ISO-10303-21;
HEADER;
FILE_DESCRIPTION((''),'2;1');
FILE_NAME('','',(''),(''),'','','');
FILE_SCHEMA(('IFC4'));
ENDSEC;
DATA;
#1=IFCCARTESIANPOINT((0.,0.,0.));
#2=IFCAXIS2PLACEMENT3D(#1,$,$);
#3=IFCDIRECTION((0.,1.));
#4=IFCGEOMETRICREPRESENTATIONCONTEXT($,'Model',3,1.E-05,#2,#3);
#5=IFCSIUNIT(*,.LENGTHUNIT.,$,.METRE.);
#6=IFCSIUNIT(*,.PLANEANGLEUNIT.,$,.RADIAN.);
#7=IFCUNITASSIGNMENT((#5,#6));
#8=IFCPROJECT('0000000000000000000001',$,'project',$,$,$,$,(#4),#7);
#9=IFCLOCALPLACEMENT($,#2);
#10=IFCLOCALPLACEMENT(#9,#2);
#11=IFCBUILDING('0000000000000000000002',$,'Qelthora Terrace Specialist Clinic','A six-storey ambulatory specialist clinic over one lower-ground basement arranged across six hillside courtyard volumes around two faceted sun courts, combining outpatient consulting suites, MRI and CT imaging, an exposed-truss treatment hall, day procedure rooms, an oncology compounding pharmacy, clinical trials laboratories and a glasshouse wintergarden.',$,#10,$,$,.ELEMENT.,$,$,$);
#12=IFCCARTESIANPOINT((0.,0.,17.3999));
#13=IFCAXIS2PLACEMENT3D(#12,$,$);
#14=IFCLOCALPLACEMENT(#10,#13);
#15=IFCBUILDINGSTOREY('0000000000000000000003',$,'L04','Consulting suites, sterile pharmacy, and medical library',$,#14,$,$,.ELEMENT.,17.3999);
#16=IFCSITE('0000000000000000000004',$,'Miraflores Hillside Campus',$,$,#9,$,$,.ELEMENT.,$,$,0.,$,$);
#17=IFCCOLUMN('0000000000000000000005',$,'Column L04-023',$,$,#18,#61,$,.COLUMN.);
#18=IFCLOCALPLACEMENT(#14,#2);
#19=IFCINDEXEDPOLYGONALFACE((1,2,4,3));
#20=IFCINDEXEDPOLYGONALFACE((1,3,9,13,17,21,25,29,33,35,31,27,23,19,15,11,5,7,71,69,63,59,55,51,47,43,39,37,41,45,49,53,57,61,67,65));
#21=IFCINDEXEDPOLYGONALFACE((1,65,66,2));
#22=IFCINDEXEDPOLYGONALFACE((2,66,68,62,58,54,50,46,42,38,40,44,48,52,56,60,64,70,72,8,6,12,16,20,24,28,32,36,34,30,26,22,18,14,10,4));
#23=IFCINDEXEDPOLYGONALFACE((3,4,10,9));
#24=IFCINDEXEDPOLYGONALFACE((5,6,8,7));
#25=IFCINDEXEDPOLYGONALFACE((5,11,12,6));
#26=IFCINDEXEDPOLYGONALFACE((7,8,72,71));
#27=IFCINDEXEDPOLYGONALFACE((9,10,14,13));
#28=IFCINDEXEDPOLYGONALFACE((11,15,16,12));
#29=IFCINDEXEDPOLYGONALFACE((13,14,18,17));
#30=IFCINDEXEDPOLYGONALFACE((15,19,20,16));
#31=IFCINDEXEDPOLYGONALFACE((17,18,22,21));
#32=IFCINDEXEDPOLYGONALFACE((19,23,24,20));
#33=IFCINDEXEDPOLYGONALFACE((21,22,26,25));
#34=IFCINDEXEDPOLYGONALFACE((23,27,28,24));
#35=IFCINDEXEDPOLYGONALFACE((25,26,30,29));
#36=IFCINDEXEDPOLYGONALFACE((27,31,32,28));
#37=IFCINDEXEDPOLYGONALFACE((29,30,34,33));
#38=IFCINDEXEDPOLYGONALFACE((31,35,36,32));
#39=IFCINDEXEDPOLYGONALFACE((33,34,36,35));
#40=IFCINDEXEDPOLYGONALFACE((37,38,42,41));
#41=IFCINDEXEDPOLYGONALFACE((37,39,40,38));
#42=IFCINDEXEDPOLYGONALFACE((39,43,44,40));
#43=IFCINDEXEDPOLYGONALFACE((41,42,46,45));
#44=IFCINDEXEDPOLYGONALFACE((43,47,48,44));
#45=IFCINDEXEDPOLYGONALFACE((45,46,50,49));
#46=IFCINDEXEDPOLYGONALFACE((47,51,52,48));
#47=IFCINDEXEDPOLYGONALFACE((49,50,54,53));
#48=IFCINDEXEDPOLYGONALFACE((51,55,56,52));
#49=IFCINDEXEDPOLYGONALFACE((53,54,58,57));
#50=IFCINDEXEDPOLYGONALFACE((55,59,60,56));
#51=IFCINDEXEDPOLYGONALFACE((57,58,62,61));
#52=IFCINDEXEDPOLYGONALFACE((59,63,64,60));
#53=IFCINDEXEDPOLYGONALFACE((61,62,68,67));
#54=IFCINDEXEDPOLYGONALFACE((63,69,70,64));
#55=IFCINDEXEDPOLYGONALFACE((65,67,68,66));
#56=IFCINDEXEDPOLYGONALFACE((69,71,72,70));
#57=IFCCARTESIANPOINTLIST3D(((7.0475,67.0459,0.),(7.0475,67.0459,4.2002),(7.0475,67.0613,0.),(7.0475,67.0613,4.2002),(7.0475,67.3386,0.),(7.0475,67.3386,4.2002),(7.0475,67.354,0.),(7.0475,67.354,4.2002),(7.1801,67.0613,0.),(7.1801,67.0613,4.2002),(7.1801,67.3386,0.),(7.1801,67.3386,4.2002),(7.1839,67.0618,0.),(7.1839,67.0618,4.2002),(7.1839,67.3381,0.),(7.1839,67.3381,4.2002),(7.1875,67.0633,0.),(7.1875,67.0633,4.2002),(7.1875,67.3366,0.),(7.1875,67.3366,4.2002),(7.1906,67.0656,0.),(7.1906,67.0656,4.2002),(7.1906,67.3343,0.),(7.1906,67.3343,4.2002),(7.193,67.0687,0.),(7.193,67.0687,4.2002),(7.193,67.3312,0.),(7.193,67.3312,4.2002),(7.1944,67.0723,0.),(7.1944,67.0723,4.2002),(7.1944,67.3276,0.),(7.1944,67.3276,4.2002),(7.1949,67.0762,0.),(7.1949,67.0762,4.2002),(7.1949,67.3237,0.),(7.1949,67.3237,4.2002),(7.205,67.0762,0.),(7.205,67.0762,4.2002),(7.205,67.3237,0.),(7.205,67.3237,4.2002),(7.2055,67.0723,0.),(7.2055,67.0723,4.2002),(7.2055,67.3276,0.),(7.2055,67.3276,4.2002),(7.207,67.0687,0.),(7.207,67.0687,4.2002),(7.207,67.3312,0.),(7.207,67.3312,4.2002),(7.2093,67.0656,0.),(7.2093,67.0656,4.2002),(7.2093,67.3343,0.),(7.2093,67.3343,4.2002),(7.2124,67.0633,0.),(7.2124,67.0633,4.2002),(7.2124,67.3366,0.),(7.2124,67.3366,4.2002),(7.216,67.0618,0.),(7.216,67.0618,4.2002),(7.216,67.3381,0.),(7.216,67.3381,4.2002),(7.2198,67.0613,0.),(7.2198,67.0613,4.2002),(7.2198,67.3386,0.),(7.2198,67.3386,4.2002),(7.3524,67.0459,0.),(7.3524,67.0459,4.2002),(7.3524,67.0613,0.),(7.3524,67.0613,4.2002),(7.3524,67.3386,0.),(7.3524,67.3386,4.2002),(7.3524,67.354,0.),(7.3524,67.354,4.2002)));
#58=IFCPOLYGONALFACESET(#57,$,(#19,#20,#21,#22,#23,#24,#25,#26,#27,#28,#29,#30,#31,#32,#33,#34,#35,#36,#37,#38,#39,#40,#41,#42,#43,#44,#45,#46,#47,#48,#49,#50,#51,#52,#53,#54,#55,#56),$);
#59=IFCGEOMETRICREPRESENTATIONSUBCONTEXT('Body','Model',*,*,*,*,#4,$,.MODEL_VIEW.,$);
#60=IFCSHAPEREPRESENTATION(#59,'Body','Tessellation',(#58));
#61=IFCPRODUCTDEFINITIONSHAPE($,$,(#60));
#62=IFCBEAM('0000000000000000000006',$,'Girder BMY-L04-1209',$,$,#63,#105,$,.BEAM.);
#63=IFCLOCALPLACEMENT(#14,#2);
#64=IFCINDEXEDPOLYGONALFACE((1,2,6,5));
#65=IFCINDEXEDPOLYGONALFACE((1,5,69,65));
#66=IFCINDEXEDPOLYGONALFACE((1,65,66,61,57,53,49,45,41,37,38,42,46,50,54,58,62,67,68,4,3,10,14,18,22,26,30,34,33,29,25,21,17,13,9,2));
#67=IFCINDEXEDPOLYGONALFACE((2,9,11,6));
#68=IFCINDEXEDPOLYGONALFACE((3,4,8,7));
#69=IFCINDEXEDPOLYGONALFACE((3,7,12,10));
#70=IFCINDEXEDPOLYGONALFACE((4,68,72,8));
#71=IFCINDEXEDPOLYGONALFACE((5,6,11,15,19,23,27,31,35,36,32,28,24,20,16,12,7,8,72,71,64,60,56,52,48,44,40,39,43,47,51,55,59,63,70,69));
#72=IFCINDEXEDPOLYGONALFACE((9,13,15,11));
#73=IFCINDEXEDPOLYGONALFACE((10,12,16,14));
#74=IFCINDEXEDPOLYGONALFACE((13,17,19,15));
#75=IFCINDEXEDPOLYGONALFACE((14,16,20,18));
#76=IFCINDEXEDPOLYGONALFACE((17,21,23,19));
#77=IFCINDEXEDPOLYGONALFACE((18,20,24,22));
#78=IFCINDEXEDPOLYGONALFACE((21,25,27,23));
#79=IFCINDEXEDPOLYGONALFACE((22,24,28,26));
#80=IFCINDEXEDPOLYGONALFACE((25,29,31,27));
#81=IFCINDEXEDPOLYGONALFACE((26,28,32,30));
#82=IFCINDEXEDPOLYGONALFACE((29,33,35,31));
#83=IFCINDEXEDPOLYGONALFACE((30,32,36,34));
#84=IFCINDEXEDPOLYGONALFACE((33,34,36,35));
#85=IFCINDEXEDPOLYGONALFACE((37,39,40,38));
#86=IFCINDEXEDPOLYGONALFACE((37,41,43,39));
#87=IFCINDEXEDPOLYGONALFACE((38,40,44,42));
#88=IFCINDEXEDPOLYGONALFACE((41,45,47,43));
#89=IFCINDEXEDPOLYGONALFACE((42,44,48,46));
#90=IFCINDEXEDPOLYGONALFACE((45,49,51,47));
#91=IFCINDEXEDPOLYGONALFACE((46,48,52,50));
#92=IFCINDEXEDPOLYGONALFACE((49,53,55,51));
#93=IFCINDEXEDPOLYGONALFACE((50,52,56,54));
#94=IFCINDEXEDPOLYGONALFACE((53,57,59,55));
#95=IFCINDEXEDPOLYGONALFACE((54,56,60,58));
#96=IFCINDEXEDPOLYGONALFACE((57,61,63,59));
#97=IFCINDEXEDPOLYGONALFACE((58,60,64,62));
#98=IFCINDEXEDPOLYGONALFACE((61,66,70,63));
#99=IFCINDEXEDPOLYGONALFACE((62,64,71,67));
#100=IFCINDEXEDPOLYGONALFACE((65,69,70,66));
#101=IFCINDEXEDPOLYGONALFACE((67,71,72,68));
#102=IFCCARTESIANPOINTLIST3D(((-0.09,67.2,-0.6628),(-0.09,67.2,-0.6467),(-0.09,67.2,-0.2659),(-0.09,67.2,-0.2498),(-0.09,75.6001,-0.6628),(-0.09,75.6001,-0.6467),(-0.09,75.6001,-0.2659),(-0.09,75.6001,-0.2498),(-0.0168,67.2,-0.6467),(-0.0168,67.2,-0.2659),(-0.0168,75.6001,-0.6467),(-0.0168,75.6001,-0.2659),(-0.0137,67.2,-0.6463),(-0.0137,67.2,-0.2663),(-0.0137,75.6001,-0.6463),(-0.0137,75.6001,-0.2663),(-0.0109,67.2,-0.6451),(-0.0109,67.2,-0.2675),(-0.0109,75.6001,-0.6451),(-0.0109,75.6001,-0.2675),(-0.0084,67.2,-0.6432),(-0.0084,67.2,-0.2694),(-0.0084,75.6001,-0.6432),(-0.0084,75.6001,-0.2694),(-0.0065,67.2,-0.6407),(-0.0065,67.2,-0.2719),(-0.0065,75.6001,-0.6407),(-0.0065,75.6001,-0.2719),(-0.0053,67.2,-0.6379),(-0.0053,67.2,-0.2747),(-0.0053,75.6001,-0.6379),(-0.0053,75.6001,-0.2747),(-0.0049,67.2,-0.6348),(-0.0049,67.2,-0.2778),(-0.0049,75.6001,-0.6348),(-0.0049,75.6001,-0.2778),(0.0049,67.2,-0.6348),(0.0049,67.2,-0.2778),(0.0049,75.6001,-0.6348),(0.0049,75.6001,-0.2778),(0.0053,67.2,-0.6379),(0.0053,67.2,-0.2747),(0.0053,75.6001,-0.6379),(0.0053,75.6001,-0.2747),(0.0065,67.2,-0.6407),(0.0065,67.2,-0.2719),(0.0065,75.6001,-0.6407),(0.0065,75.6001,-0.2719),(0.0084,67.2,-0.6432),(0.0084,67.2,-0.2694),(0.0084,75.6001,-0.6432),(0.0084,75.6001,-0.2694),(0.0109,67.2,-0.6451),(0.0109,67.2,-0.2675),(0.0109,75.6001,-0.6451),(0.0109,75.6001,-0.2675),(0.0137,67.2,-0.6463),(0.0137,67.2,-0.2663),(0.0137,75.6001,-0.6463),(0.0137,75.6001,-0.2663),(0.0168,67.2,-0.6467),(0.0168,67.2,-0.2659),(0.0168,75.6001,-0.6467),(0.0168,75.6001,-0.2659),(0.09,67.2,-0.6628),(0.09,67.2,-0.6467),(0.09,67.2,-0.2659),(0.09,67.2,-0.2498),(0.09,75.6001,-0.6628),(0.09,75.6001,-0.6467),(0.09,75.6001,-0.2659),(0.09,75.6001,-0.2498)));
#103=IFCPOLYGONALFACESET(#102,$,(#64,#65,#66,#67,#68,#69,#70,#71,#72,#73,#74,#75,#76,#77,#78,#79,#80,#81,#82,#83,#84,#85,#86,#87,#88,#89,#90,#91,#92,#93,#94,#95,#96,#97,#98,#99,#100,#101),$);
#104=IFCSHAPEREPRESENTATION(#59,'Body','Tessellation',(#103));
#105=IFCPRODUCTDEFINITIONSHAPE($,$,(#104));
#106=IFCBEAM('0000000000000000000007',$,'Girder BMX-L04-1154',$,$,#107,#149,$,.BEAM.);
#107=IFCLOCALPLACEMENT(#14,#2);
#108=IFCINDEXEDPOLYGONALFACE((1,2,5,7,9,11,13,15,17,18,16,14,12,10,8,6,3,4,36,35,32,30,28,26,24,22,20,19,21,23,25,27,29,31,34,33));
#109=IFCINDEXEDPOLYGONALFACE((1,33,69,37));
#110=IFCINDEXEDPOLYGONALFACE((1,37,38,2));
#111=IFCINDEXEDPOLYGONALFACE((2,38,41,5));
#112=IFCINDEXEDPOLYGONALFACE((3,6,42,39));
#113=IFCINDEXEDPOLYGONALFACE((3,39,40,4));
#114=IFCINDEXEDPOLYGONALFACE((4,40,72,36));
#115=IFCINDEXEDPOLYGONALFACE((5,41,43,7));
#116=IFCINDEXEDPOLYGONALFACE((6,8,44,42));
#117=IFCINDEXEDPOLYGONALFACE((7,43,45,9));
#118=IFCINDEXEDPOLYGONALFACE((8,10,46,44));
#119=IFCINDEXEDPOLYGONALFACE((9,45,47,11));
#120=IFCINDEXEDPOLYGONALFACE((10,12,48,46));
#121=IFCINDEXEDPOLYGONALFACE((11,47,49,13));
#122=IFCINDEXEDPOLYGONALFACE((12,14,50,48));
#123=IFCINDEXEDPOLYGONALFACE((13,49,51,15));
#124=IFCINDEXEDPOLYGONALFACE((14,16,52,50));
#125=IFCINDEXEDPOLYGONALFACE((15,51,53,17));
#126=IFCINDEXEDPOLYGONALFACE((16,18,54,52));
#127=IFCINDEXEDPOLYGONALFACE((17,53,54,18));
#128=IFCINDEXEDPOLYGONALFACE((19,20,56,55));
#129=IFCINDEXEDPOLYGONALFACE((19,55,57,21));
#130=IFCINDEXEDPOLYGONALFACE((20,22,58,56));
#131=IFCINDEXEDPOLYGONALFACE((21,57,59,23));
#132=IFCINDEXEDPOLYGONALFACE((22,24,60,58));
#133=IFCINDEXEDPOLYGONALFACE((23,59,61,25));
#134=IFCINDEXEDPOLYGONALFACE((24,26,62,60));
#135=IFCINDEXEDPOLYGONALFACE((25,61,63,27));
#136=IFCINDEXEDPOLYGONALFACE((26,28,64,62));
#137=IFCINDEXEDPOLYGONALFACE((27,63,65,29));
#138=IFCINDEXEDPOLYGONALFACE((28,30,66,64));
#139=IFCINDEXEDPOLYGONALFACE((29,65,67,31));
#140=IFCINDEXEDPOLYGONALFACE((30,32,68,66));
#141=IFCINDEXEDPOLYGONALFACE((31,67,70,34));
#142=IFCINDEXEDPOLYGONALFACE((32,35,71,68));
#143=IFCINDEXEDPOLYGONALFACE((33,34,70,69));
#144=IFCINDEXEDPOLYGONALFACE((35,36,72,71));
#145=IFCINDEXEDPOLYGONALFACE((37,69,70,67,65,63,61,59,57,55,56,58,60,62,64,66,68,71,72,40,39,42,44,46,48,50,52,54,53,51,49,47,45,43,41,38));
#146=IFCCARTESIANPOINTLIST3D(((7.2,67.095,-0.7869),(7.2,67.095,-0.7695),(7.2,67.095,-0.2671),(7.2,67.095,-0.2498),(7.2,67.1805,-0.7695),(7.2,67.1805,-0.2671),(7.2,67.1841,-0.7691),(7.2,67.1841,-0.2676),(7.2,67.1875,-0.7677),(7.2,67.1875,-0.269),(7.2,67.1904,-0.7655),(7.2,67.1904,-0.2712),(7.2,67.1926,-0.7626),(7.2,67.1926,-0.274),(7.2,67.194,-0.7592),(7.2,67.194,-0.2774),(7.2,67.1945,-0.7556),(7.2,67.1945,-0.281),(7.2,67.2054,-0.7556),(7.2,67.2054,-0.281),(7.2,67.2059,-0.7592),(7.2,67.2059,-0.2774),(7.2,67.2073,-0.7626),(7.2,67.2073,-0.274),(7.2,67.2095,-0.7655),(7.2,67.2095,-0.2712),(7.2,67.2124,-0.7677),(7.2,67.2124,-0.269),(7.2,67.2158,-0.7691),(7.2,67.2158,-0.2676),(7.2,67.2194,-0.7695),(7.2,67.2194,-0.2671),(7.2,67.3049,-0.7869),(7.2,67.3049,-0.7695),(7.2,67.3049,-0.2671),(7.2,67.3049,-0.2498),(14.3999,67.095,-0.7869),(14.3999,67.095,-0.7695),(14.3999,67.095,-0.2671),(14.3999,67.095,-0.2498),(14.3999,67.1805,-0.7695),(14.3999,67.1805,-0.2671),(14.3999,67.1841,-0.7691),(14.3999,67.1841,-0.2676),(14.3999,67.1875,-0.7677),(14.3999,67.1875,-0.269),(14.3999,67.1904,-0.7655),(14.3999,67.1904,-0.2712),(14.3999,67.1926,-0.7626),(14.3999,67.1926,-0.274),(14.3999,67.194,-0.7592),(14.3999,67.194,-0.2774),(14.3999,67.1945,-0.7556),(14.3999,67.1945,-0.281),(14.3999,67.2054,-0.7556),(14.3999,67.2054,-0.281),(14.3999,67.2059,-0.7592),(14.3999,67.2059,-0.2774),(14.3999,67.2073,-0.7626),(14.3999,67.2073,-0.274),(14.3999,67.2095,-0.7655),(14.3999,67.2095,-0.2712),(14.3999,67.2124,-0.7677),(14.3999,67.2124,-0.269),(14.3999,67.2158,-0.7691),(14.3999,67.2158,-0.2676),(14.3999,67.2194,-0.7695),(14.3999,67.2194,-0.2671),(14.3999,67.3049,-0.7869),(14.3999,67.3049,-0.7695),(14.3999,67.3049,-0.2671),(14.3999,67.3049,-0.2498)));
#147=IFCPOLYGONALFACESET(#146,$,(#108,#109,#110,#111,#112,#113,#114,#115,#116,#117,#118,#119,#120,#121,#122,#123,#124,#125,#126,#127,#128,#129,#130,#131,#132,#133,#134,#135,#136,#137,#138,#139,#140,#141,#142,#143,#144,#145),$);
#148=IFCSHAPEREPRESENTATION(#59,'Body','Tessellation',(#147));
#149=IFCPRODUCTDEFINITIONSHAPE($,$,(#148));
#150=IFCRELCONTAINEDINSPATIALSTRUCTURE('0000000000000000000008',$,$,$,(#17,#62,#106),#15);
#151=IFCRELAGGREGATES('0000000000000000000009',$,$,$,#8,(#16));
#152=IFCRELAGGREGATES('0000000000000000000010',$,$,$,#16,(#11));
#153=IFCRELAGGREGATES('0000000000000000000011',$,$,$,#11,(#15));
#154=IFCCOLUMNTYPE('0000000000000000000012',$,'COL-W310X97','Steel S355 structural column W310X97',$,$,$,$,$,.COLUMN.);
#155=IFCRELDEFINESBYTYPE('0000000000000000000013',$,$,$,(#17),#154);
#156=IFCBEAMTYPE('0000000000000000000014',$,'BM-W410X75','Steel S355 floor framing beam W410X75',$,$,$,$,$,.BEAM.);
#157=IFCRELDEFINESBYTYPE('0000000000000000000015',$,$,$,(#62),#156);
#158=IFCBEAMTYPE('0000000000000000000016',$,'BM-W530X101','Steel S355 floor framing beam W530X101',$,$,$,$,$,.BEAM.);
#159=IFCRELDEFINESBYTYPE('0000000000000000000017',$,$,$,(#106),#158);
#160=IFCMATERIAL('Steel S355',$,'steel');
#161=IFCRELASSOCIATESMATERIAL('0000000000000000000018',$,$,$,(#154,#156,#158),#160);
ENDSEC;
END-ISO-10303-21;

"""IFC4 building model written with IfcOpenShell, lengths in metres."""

from ifc_helpers import new_model, si_unit, direction, frame, origin, origin_2d, place, context, subcontext, project, spatial, i_section, extrude, material, material_profile, profile_set, type_object, element, save


model = new_model("IFC4")

# Units and contexts
model_context = context("Model", 3, precision=1e-05, world=origin(), true_north=direction((0.0, 1.0)))
body_context = subcontext(model_context, "Body", "Model", "MODEL_VIEW")
ifc_project = project(units=[si_unit("LENGTHUNIT", "METRE"), si_unit("PLANEANGLEUNIT", "RADIAN")], contexts=[model_context])

# Site, building, storey
site_placement = place(None, origin())
site = spatial("IfcSite", under=ifc_project, at=site_placement, Name="Miraflores Hillside Campus", CompositionType="ELEMENT", RefElevation=0.0)
building_placement = place(site_placement, origin())
building = spatial("IfcBuilding", under=site, at=building_placement, Name="Qelthora Terrace Specialist Clinic", Description="A six-storey ambulatory specialist clinic over one lower-ground basement arranged across six hillside courtyard volumes around two faceted sun courts, combining outpatient consulting suites, MRI and CT imaging, an exposed-truss treatment hall, day procedure rooms, an oncology compounding pharmacy, clinical trials laboratories and a glasshouse wintergarden.", CompositionType="ELEMENT")
storey_placement = place(building_placement, frame((0.0, 0.0, 17.3999)))
storey = spatial("IfcBuildingStorey", under=building, at=storey_placement, Name="L04", Description="Consulting suites, sterile pharmacy, and medical library", CompositionType="ELEMENT", Elevation=17.3999)

# Column
ifc_material_1 = material(Name="Steel S355", Category="steel")
ifc_material_profile_1 = material_profile(ifc_material_1, i_section(OverallWidth=0.3049, OverallDepth=0.3081, WebThickness=0.01, FlangeThickness=0.0154, FilletRadius=0.0149, at=origin_2d()), Name="W310X97")
ifc_profile_set_1 = profile_set([ifc_material_profile_1], Name="Steel S355")
column_type = type_object("IfcColumnType", Name="COL-W310X97", Description="Steel S355 structural column W310X97", PredefinedType="COLUMN", material=ifc_profile_set_1)
column_placement = place(storey_placement, frame((7.2, 67.2, 0.0), z_axis=(0.0, 0.0, 1.0), x_axis=(1.0, 0.0, 0.0)))
element("IfcColumn", 1, at=column_placement, inside=storey, type_object=column_type, Name="Column L04-023", PredefinedType="COLUMN", context=body_context, shape_type="SweptSolid", body=[
    extrude(i_section(OverallWidth=0.3049, OverallDepth=0.3081, WebThickness=0.01, FlangeThickness=0.0154, FilletRadius=0.0149, at=origin_2d()), origin(), (0.0, 0.0, 1.0), 4.2002),
])

# Beams
ifc_material_profile_2 = material_profile(ifc_material_1, i_section(OverallWidth=0.1799, OverallDepth=0.4131, WebThickness=0.0098, FlangeThickness=0.0161, FilletRadius=0.012, at=origin_2d()), Name="W410X75")
ifc_profile_set_2 = profile_set([ifc_material_profile_2], Name="Steel S355")
beam_type_1 = type_object("IfcBeamType", Name="BM-W410X75", Description="Steel S355 floor framing beam W410X75", PredefinedType="BEAM", material=ifc_profile_set_2)
beam_1_placement = place(storey_placement, frame((0.0, 67.2, -0.4563), z_axis=(0.0, 1.0, 0.0), x_axis=(-1.0, 0.0, 0.0)))
element("IfcBeam", 2, at=beam_1_placement, inside=storey, type_object=beam_type_1, Name="Girder BMY-L04-1209", PredefinedType="BEAM", context=body_context, shape_type="SweptSolid", body=[
    extrude(i_section(OverallWidth=0.1799, OverallDepth=0.4131, WebThickness=0.0098, FlangeThickness=0.0161, FilletRadius=0.012, at=origin_2d()), origin(), (0.0, 0.0, 1.0), 8.4001),
])
ifc_material_profile_3 = material_profile(ifc_material_1, i_section(OverallWidth=0.21, OverallDepth=0.5371, WebThickness=0.011, FlangeThickness=0.0173, FilletRadius=0.0139, at=origin_2d()), Name="W530X101")
ifc_profile_set_3 = profile_set([ifc_material_profile_3], Name="Steel S355")
beam_type_2 = type_object("IfcBeamType", Name="BM-W530X101", Description="Steel S355 floor framing beam W530X101", PredefinedType="BEAM", material=ifc_profile_set_3)
beam_2_placement = place(storey_placement, frame((7.2, 67.2, -0.5183), z_axis=(1.0, 0.0, 0.0), x_axis=(0.0, 1.0, 0.0)))
element("IfcBeam", 3, at=beam_2_placement, inside=storey, type_object=beam_type_2, Name="Girder BMX-L04-1154", PredefinedType="BEAM", context=body_context, shape_type="SweptSolid", body=[
    extrude(i_section(OverallWidth=0.21, OverallDepth=0.5371, WebThickness=0.011, FlangeThickness=0.0173, FilletRadius=0.0139, at=origin_2d()), origin(), (0.0, 0.0, 1.0), 7.2),
])

save(model, "model.ifc")
